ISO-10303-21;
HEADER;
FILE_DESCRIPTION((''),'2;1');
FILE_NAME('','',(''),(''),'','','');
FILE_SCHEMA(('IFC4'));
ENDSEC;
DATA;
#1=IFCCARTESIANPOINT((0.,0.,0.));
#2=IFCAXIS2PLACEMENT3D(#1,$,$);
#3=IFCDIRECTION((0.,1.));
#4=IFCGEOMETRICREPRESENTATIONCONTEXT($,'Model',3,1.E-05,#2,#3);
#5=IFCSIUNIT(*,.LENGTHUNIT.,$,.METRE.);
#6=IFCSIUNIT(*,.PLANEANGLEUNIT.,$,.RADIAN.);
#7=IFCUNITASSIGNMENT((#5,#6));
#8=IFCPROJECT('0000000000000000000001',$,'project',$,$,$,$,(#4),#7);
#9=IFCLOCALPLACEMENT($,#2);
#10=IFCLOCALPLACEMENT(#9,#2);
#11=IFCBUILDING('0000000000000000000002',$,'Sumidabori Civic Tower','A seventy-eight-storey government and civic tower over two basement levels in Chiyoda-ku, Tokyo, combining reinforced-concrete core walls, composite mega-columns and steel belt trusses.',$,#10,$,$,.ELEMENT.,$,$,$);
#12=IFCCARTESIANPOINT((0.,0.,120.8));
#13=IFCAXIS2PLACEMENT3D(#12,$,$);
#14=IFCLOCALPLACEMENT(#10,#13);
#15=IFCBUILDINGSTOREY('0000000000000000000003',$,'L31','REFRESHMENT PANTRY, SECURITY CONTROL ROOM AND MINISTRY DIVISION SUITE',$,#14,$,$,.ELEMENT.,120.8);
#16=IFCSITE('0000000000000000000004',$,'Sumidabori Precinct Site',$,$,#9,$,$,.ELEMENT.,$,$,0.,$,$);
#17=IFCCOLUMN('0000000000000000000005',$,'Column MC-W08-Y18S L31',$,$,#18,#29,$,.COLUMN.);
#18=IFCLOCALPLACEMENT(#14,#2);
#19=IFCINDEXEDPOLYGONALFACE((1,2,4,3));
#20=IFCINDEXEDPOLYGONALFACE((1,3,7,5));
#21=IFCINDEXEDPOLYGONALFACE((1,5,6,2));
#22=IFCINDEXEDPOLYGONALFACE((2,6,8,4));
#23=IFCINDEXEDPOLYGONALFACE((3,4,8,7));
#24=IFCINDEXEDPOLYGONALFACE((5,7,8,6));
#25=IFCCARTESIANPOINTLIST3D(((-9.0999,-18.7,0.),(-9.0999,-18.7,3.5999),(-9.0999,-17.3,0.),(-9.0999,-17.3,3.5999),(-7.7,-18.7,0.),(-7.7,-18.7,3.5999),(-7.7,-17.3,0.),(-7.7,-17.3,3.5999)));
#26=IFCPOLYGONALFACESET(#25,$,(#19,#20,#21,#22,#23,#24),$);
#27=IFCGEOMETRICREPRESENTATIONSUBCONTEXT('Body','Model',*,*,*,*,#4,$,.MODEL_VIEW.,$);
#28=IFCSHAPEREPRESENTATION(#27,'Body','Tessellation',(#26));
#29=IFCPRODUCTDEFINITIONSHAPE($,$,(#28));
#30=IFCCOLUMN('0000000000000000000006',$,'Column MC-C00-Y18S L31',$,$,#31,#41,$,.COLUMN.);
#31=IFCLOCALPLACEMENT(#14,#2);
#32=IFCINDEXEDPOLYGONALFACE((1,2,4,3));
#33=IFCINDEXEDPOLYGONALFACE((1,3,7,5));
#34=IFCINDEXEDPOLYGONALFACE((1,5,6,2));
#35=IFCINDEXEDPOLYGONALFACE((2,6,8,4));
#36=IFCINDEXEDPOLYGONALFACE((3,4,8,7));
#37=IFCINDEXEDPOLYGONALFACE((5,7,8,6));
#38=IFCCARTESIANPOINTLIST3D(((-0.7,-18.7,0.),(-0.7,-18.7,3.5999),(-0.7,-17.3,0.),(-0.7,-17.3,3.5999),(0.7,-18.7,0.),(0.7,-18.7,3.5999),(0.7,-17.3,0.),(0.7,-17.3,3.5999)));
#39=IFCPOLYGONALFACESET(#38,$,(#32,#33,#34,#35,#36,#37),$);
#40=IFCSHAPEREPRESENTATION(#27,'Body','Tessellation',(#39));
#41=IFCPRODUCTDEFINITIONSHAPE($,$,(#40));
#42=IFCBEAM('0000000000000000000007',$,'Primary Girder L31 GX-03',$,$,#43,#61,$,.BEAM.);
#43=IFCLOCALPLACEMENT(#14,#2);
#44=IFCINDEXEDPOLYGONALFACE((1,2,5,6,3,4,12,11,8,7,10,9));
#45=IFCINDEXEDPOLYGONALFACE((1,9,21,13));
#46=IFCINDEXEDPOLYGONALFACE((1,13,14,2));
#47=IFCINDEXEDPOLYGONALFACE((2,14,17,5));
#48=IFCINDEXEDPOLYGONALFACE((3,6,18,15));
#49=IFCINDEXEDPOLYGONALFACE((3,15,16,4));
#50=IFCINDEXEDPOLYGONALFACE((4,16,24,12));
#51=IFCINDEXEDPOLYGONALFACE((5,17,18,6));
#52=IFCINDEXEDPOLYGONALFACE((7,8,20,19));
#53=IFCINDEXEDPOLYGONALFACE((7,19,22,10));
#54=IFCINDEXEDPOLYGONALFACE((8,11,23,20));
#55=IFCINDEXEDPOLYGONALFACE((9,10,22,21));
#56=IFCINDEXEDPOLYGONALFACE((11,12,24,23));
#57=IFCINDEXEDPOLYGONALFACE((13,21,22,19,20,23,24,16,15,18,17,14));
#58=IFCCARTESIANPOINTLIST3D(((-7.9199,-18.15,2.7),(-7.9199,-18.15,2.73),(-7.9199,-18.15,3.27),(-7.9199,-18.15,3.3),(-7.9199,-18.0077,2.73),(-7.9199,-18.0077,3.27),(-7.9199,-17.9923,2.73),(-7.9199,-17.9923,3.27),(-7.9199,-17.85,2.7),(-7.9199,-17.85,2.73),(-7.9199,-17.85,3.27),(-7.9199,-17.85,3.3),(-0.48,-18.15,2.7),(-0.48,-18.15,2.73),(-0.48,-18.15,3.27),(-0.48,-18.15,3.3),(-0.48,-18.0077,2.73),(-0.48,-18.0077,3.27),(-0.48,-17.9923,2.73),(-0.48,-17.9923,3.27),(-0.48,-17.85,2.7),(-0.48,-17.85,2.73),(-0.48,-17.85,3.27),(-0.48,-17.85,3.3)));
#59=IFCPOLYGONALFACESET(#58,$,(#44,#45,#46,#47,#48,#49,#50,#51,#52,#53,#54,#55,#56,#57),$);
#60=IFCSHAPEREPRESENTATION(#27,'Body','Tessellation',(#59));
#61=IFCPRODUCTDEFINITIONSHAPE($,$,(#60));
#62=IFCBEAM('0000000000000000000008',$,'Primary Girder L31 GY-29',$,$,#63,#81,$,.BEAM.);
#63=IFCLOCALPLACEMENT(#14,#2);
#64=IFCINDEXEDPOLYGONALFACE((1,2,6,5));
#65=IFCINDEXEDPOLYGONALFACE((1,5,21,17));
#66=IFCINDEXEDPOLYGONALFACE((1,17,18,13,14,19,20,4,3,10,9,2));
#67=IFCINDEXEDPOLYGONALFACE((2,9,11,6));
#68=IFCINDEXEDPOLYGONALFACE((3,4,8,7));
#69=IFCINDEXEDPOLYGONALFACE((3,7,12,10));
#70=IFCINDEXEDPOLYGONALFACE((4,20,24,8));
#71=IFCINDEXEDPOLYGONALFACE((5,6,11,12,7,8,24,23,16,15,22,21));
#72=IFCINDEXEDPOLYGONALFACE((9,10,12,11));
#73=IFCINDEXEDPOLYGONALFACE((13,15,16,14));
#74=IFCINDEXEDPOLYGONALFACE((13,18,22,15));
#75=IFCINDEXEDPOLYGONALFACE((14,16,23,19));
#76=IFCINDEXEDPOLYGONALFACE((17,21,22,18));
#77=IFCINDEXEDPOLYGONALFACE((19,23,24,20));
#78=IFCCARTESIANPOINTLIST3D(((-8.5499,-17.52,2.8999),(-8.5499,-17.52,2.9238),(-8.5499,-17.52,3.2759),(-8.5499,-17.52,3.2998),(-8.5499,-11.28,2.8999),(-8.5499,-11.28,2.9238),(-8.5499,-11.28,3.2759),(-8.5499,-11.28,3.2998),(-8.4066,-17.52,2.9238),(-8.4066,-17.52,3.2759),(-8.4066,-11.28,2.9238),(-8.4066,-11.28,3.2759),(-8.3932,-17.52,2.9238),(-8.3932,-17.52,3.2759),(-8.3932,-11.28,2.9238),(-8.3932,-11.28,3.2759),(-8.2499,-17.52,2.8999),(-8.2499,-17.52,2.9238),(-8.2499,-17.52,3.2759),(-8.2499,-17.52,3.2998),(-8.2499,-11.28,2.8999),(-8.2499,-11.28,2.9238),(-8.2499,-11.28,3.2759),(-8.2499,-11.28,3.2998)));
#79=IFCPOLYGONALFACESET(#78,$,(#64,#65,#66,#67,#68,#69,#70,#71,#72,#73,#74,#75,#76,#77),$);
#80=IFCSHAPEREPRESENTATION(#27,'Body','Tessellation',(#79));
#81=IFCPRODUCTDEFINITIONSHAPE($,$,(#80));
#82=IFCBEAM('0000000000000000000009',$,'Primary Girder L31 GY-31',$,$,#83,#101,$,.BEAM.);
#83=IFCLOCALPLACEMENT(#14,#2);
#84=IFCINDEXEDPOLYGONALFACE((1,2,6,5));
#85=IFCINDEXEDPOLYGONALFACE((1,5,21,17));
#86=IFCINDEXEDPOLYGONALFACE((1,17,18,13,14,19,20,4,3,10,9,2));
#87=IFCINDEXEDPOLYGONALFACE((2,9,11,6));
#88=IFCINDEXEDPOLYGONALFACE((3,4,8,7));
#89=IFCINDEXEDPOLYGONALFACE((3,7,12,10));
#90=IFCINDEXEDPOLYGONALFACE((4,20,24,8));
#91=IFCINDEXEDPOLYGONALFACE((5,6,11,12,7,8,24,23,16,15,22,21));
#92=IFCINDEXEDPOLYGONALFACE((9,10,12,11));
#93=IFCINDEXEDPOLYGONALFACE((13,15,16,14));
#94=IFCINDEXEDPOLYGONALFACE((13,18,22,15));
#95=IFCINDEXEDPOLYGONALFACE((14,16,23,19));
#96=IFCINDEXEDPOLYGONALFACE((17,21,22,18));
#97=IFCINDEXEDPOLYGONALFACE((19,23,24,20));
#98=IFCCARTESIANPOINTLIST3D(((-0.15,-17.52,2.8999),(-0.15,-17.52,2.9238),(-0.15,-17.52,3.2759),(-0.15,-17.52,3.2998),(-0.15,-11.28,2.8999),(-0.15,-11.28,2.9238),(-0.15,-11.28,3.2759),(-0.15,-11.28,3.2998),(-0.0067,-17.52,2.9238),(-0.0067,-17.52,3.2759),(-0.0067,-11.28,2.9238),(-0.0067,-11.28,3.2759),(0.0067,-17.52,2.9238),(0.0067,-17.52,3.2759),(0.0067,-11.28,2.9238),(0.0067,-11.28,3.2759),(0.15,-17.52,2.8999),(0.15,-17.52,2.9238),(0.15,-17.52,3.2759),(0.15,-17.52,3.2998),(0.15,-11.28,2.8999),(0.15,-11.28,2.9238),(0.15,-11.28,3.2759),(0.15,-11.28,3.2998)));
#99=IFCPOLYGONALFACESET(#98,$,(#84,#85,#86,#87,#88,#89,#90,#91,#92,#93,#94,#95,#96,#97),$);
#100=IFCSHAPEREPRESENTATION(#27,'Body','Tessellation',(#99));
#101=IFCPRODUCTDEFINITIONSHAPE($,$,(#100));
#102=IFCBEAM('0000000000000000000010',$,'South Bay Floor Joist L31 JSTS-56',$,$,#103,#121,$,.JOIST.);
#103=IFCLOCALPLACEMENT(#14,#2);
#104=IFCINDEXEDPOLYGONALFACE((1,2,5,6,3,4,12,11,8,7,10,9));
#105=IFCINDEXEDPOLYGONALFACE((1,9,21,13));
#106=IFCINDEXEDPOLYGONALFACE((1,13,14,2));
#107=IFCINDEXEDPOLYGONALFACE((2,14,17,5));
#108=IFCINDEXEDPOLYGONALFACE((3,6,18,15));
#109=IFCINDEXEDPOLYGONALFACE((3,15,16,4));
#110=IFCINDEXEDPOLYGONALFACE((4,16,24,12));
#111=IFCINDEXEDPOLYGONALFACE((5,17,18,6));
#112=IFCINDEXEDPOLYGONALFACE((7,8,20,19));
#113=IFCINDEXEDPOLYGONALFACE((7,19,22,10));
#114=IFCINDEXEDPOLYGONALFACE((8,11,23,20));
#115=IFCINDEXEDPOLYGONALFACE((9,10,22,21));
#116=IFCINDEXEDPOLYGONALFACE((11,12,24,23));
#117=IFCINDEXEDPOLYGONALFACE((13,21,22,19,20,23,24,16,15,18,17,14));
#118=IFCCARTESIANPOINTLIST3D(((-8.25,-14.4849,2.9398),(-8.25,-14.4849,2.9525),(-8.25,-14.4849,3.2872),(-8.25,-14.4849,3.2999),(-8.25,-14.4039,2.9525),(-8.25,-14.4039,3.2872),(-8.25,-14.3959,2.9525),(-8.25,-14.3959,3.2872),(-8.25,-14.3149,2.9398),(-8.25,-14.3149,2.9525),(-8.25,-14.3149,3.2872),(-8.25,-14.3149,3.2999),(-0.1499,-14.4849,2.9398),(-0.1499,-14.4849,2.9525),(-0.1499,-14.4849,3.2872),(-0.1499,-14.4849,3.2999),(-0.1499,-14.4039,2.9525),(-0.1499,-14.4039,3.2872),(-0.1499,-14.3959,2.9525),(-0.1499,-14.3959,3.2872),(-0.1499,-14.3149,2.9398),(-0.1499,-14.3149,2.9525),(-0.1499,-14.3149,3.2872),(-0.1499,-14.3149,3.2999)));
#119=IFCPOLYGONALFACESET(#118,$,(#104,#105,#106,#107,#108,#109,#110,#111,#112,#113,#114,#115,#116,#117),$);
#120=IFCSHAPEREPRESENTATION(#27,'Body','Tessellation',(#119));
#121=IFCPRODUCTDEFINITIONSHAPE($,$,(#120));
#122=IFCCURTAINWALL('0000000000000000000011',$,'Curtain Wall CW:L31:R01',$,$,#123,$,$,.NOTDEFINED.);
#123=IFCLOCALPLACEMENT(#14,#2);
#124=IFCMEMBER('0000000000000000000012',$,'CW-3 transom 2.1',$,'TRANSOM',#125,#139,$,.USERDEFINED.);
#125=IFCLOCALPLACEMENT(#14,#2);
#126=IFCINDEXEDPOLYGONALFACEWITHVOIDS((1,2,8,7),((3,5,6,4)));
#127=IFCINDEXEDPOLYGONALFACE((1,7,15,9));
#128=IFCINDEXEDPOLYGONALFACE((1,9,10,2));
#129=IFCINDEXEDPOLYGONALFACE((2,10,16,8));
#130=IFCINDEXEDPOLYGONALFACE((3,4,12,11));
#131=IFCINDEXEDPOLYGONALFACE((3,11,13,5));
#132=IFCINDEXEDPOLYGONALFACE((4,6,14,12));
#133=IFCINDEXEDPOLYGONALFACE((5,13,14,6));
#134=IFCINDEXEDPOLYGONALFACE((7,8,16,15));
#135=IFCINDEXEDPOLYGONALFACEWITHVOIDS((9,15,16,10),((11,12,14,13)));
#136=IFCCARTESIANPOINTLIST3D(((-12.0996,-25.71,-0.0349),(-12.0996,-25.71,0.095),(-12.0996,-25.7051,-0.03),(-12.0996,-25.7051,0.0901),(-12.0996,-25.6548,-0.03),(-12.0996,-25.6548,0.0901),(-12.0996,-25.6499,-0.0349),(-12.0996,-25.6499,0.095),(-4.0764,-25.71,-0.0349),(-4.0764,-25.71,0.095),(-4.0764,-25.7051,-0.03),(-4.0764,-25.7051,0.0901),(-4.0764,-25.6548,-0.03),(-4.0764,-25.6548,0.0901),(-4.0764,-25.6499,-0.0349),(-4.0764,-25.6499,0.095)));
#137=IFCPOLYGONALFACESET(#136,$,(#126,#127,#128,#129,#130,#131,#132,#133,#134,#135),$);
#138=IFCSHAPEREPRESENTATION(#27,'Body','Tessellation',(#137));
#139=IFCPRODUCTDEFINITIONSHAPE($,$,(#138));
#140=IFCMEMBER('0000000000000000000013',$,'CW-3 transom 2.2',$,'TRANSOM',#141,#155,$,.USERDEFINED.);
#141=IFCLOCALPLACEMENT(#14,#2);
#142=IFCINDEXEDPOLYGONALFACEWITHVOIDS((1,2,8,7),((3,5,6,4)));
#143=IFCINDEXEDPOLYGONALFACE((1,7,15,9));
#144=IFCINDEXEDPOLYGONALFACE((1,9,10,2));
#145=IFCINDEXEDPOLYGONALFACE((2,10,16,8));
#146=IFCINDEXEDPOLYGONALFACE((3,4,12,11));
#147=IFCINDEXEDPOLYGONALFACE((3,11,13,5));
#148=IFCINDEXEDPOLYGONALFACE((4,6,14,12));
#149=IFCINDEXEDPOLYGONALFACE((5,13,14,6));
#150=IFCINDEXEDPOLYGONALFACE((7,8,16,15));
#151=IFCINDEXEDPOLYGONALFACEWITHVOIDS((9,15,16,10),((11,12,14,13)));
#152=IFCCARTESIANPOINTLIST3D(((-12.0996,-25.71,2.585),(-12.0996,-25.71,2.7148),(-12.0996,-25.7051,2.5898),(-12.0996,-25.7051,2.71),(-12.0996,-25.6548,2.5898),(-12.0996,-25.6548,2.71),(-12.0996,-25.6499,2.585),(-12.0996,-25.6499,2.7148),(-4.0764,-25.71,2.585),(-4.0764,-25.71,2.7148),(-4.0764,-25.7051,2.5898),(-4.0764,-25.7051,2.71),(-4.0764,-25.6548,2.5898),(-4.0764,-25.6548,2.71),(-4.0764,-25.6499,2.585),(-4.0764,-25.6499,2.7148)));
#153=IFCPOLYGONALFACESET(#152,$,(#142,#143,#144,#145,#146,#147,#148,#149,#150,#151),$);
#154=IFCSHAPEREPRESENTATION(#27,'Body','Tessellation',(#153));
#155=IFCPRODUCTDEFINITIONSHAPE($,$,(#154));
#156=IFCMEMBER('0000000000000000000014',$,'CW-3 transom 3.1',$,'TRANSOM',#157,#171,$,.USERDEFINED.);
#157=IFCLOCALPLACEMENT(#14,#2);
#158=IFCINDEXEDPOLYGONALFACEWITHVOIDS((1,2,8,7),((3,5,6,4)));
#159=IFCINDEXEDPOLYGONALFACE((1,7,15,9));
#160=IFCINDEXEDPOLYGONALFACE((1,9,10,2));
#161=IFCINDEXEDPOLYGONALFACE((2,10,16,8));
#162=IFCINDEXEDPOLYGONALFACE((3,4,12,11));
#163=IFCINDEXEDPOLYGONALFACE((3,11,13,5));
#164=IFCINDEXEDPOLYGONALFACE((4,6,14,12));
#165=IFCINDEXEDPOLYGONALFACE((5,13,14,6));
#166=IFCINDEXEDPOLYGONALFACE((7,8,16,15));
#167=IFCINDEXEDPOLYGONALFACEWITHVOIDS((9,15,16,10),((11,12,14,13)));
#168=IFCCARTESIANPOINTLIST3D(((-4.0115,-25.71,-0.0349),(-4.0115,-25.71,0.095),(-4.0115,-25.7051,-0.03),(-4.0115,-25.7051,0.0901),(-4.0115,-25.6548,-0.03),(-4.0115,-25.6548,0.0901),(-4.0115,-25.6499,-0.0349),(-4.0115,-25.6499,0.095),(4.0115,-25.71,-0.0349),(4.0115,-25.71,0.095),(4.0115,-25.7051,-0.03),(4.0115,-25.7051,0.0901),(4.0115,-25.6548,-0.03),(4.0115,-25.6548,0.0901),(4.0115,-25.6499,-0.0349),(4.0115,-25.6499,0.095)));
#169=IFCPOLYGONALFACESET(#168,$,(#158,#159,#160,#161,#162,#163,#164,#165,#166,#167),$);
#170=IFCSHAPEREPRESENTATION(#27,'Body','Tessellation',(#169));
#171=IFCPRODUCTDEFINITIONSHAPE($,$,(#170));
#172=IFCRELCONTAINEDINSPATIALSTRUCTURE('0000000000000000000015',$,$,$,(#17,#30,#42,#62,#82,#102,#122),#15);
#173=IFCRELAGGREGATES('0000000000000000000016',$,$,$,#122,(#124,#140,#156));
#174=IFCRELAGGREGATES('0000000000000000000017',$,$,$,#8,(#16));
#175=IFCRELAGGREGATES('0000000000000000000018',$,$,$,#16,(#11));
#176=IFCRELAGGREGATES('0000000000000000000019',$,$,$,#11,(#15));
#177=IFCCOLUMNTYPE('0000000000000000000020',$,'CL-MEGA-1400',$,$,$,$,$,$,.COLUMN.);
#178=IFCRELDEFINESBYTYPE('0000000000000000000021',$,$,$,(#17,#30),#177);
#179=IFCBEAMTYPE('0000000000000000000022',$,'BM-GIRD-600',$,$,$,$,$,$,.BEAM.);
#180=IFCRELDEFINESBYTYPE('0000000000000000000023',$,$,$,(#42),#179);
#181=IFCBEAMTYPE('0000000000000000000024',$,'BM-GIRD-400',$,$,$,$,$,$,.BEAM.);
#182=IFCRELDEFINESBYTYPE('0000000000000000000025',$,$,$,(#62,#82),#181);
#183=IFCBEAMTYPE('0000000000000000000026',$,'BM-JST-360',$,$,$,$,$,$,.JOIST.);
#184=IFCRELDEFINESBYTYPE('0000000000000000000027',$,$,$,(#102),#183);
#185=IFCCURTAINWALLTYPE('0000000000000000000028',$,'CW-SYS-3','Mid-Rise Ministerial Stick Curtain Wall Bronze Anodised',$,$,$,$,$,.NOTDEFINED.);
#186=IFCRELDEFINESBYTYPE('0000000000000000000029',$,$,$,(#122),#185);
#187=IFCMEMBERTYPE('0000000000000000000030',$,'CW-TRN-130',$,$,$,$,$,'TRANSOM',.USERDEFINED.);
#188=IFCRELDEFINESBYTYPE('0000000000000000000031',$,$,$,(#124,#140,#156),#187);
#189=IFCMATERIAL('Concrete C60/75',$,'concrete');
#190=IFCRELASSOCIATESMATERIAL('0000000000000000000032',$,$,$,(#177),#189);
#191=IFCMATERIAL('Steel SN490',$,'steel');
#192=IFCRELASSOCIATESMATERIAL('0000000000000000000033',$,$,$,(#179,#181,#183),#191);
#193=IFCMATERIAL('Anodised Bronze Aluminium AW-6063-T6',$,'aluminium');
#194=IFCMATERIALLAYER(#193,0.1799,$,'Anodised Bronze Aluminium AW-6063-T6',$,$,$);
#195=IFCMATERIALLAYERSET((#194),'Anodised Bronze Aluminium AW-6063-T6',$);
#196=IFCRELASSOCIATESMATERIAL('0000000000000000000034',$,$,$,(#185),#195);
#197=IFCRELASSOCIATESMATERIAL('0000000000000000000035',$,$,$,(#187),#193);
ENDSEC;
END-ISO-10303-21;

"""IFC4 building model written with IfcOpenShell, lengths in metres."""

from ifc_helpers import new_model, si_unit, direction, frame, origin, origin_2d, place, context, subcontext, project, spatial, rectangle, hollow_rectangle, i_section, extrude, source, transform, mapped, material, layer, layer_set, material_profile, profile_set, type_object, element, aggregate, save


model = new_model("IFC4")

# Units and contexts
model_context = context("Model", 3, precision=1e-05, world=origin(), true_north=direction((0.0, 1.0)))
body_context = subcontext(model_context, "Body", "Model", "MODEL_VIEW")
ifc_project = project(units=[si_unit("LENGTHUNIT", "METRE"), si_unit("PLANEANGLEUNIT", "RADIAN")], contexts=[model_context])

# Site, building, storey
site_placement = place(None, origin())
site = spatial("IfcSite", under=ifc_project, at=site_placement, Name="Sumidabori Precinct Site", CompositionType="ELEMENT", RefElevation=0.0)
building_placement = place(site_placement, origin())
building = spatial("IfcBuilding", under=site, at=building_placement, Name="Sumidabori Civic Tower", Description="A seventy-eight-storey government and civic tower over two basement levels in Chiyoda-ku, Tokyo, combining reinforced-concrete core walls, composite mega-columns and steel belt trusses.", CompositionType="ELEMENT")
storey_placement = place(building_placement, frame((0.0, 0.0, 120.8)))
storey = spatial("IfcBuildingStorey", under=building, at=storey_placement, Name="L31", Description="REFRESHMENT PANTRY, SECURITY CONTROL ROOM AND MINISTRY DIVISION SUITE", CompositionType="ELEMENT", Elevation=120.8)

# Columns
ifc_material_1 = material(Name="Concrete C60/75", Category="concrete")
ifc_material_profile_1 = material_profile(ifc_material_1, rectangle(XDim=1.3999, YDim=1.3999, at=origin_2d()), Name="RC 1400x1400")
ifc_profile_set_1 = profile_set([ifc_material_profile_1], Name="Concrete C60/75")
column_type = type_object("IfcColumnType", Name="CL-MEGA-1400", PredefinedType="COLUMN", material=ifc_profile_set_1)
shared_shape_1 = source(origin(), body_context, "Body", "SweptSolid", [
    extrude(rectangle(XDim=1.3999, YDim=1.3999, at=origin_2d()), origin(), (0.0, 0.0, 1.0), 3.5999),
])
for number, where, z_axis, x_axis, name in (
    (1, (-8.3999, -18.0, 0.0), (0.0, 0.0, 1.0), (1.0, 0.0, 0.0), "Column MC-W08-Y18S L31"),
    (2, (0.0, -18.0, 0.0), (0.0, 0.0, 1.0), (1.0, 0.0, 0.0), "Column MC-C00-Y18S L31"),
):
    element("IfcColumn", number, at=place(storey_placement, frame(where, z_axis=z_axis, x_axis=x_axis)), inside=storey, type_object=column_type, Name=name, PredefinedType="COLUMN", context=body_context, shape_type="MappedRepresentation", body=[
        mapped(shared_shape_1, transform((0.0, 0.0, 0.0), x_axis=(1.0, 0.0, 0.0), y_axis=(0.0, 1.0, 0.0), z_axis=(0.0, 0.0, 1.0), scale=1.0)),
    ])

# Beams
ifc_material_2 = material(Name="Steel SN490", Category="steel")
ifc_material_profile_2 = material_profile(ifc_material_2, i_section(OverallWidth=0.3, OverallDepth=0.6001, WebThickness=0.0154, FlangeThickness=0.03, at=origin_2d()), Name="HE 600 B")
ifc_profile_set_2 = profile_set([ifc_material_profile_2], Name="Steel SN490")
beam_type_1 = type_object("IfcBeamType", Name="BM-GIRD-600", PredefinedType="BEAM", material=ifc_profile_set_2)
shared_shape_2 = source(origin(), body_context, "Body", "SweptSolid", [
    extrude(i_section(OverallWidth=0.3, OverallDepth=0.6001, WebThickness=0.0154, FlangeThickness=0.03, at=origin_2d()), origin(), (0.0, 0.0, 1.0), 7.4399),
])
beam_1_placement = place(storey_placement, frame((-7.9199, -18.0, 3.0), z_axis=(1.0, 0.0, 0.0), x_axis=(0.0, 1.0, 0.0)))
element("IfcBeam", 3, at=beam_1_placement, inside=storey, type_object=beam_type_1, Name="Primary Girder L31 GX-03", PredefinedType="BEAM", context=body_context, shape_type="MappedRepresentation", body=[
    mapped(shared_shape_2, transform((0.0, 0.0, 0.0), x_axis=(1.0, 0.0, 0.0), y_axis=(0.0, 1.0, 0.0), z_axis=(0.0, 0.0, 1.0), scale=1.0)),
])
ifc_material_profile_3 = material_profile(ifc_material_2, i_section(OverallWidth=0.3, OverallDepth=0.3999, WebThickness=0.0134, FlangeThickness=0.0239, at=origin_2d()), Name="HE 400 B")
ifc_profile_set_3 = profile_set([ifc_material_profile_3], Name="Steel SN490")
beam_type_2 = type_object("IfcBeamType", Name="BM-GIRD-400", PredefinedType="BEAM", material=ifc_profile_set_3)
shared_shape_3 = source(origin(), body_context, "Body", "SweptSolid", [
    extrude(i_section(OverallWidth=0.3, OverallDepth=0.3999, WebThickness=0.0134, FlangeThickness=0.0239, at=origin_2d()), origin(), (0.0, 0.0, 1.0), 6.24),
])
for number, where, z_axis, x_axis, name in (
    (4, (-8.3999, -17.52, 3.0999), (0.0, 1.0, 0.0), (-1.0, 0.0, 0.0), "Primary Girder L31 GY-29"),
    (5, (0.0, -17.52, 3.0999), (0.0, 1.0, 0.0), (-1.0, 0.0, 0.0), "Primary Girder L31 GY-31"),
):
    element("IfcBeam", number, at=place(storey_placement, frame(where, z_axis=z_axis, x_axis=x_axis)), inside=storey, type_object=beam_type_2, Name=name, PredefinedType="BEAM", context=body_context, shape_type="MappedRepresentation", body=[
        mapped(shared_shape_3, transform((0.0, 0.0, 0.0), x_axis=(1.0, 0.0, 0.0), y_axis=(0.0, 1.0, 0.0), z_axis=(0.0, 0.0, 1.0), scale=1.0)),
    ])
ifc_material_profile_4 = material_profile(ifc_material_2, i_section(OverallWidth=0.1699, OverallDepth=0.3601, WebThickness=0.0081, FlangeThickness=0.0127, at=origin_2d()), Name="IPE 360")
ifc_profile_set_4 = profile_set([ifc_material_profile_4], Name="Steel SN490")
beam_type_3 = type_object("IfcBeamType", Name="BM-JST-360", PredefinedType="JOIST", material=ifc_profile_set_4)
shared_shape_4 = source(origin(), body_context, "Body", "SweptSolid", [
    extrude(i_section(OverallWidth=0.1699, OverallDepth=0.3601, WebThickness=0.0081, FlangeThickness=0.0127, at=origin_2d()), origin(), (0.0, 0.0, 1.0), 8.1001),
])
beam_2_placement = place(storey_placement, frame((-8.25, -14.3999, 3.1199), z_axis=(1.0, 0.0, 0.0), x_axis=(0.0, 1.0, 0.0)))
element("IfcBeam", 6, at=beam_2_placement, inside=storey, type_object=beam_type_3, Name="South Bay Floor Joist L31 JSTS-56", PredefinedType="JOIST", context=body_context, shape_type="MappedRepresentation", body=[
    mapped(shared_shape_4, transform((0.0, 0.0, 0.0), x_axis=(1.0, 0.0, 0.0), y_axis=(0.0, 1.0, 0.0), z_axis=(0.0, 0.0, 1.0), scale=1.0)),
])

# Curtain wall, members
ifc_material_3 = material(Name="Anodised Bronze Aluminium AW-6063-T6", Category="aluminium")
ifc_layer_1 = layer(ifc_material_3, 0.1799, Name="Anodised Bronze Aluminium AW-6063-T6")
ifc_layer_set_1 = layer_set([ifc_layer_1], Name="Anodised Bronze Aluminium AW-6063-T6")
curtain_wall_type = type_object("IfcCurtainWallType", Name="CW-SYS-3", Description="Mid-Rise Ministerial Stick Curtain Wall Bronze Anodised", PredefinedType="NOTDEFINED", material=ifc_layer_set_1)
curtain_wall_placement = place(storey_placement, origin())
curtain_wall = element("IfcCurtainWall", 7, at=curtain_wall_placement, inside=storey, type_object=curtain_wall_type, Name="Curtain Wall CW:L31:R01", PredefinedType="NOTDEFINED")
ifc_material_profile_5 = material_profile(ifc_material_3, hollow_rectangle(XDim=0.0601, YDim=0.1299, WallThickness=0.0049, at=origin_2d()), Name="ALU TRANSOM 130x60")
ifc_profile_set_5 = profile_set([ifc_material_profile_5], Name="Anodised Bronze Aluminium AW-6063-T6")
member_type_1 = type_object("IfcMemberType", Name="CW-TRN-130", ElementType="TRANSOM", PredefinedType="USERDEFINED", material=ifc_profile_set_5)
shared_shape_5 = source(origin(), body_context, "Body", "SweptSolid", [
    extrude(hollow_rectangle(XDim=0.0601, YDim=0.1299, WallThickness=0.0049, at=origin_2d()), origin(), (0.0, 0.0, 1.0), 8.0232),
])
member_1_placement = place(storey_placement, frame((-12.0996, -25.6799, 0.03), z_axis=(1.0, 0.0, 0.0), x_axis=(0.0, 1.0, 0.0)))
member_1 = element("IfcMember", 8, at=member_1_placement, type_object=member_type_1, Name="CW-3 transom 2.1", ObjectType="TRANSOM", PredefinedType="USERDEFINED", context=body_context, shape_type="MappedRepresentation", body=[
    mapped(shared_shape_5, transform((0.0, 0.0, 0.0), x_axis=(1.0, 0.0, 0.0), y_axis=(0.0, 1.0, 0.0), z_axis=(0.0, 0.0, 1.0), scale=1.0)),
])
member_2_placement = place(storey_placement, frame((-12.0996, -25.6799, 2.6499), z_axis=(1.0, 0.0, 0.0), x_axis=(0.0, 1.0, 0.0)))
member_2 = element("IfcMember", 9, at=member_2_placement, type_object=member_type_1, Name="CW-3 transom 2.2", ObjectType="TRANSOM", PredefinedType="USERDEFINED", context=body_context, shape_type="MappedRepresentation", body=[
    mapped(shared_shape_5, transform((0.0, 0.0, 0.0), x_axis=(1.0, 0.0, 0.0), y_axis=(0.0, 1.0, 0.0), z_axis=(0.0, 0.0, 1.0), scale=1.0)),
])
shared_shape_6 = source(origin(), body_context, "Body", "SweptSolid", [
    extrude(hollow_rectangle(XDim=0.0601, YDim=0.1299, WallThickness=0.0049, at=origin_2d()), origin(), (0.0, 0.0, 1.0), 8.0229),
])
member_3_placement = place(storey_placement, frame((-4.0115, -25.6799, 0.03), z_axis=(1.0, 0.0, 0.0), x_axis=(0.0, 1.0, 0.0)))
member_3 = element("IfcMember", 10, at=member_3_placement, type_object=member_type_1, Name="CW-3 transom 3.1", ObjectType="TRANSOM", PredefinedType="USERDEFINED", context=body_context, shape_type="MappedRepresentation", body=[
    mapped(shared_shape_6, transform((0.0, 0.0, 0.0), x_axis=(1.0, 0.0, 0.0), y_axis=(0.0, 1.0, 0.0), z_axis=(0.0, 0.0, 1.0), scale=1.0)),
])
aggregate(curtain_wall, [member_1, member_2, member_3])

save(model, "model.ifc")
